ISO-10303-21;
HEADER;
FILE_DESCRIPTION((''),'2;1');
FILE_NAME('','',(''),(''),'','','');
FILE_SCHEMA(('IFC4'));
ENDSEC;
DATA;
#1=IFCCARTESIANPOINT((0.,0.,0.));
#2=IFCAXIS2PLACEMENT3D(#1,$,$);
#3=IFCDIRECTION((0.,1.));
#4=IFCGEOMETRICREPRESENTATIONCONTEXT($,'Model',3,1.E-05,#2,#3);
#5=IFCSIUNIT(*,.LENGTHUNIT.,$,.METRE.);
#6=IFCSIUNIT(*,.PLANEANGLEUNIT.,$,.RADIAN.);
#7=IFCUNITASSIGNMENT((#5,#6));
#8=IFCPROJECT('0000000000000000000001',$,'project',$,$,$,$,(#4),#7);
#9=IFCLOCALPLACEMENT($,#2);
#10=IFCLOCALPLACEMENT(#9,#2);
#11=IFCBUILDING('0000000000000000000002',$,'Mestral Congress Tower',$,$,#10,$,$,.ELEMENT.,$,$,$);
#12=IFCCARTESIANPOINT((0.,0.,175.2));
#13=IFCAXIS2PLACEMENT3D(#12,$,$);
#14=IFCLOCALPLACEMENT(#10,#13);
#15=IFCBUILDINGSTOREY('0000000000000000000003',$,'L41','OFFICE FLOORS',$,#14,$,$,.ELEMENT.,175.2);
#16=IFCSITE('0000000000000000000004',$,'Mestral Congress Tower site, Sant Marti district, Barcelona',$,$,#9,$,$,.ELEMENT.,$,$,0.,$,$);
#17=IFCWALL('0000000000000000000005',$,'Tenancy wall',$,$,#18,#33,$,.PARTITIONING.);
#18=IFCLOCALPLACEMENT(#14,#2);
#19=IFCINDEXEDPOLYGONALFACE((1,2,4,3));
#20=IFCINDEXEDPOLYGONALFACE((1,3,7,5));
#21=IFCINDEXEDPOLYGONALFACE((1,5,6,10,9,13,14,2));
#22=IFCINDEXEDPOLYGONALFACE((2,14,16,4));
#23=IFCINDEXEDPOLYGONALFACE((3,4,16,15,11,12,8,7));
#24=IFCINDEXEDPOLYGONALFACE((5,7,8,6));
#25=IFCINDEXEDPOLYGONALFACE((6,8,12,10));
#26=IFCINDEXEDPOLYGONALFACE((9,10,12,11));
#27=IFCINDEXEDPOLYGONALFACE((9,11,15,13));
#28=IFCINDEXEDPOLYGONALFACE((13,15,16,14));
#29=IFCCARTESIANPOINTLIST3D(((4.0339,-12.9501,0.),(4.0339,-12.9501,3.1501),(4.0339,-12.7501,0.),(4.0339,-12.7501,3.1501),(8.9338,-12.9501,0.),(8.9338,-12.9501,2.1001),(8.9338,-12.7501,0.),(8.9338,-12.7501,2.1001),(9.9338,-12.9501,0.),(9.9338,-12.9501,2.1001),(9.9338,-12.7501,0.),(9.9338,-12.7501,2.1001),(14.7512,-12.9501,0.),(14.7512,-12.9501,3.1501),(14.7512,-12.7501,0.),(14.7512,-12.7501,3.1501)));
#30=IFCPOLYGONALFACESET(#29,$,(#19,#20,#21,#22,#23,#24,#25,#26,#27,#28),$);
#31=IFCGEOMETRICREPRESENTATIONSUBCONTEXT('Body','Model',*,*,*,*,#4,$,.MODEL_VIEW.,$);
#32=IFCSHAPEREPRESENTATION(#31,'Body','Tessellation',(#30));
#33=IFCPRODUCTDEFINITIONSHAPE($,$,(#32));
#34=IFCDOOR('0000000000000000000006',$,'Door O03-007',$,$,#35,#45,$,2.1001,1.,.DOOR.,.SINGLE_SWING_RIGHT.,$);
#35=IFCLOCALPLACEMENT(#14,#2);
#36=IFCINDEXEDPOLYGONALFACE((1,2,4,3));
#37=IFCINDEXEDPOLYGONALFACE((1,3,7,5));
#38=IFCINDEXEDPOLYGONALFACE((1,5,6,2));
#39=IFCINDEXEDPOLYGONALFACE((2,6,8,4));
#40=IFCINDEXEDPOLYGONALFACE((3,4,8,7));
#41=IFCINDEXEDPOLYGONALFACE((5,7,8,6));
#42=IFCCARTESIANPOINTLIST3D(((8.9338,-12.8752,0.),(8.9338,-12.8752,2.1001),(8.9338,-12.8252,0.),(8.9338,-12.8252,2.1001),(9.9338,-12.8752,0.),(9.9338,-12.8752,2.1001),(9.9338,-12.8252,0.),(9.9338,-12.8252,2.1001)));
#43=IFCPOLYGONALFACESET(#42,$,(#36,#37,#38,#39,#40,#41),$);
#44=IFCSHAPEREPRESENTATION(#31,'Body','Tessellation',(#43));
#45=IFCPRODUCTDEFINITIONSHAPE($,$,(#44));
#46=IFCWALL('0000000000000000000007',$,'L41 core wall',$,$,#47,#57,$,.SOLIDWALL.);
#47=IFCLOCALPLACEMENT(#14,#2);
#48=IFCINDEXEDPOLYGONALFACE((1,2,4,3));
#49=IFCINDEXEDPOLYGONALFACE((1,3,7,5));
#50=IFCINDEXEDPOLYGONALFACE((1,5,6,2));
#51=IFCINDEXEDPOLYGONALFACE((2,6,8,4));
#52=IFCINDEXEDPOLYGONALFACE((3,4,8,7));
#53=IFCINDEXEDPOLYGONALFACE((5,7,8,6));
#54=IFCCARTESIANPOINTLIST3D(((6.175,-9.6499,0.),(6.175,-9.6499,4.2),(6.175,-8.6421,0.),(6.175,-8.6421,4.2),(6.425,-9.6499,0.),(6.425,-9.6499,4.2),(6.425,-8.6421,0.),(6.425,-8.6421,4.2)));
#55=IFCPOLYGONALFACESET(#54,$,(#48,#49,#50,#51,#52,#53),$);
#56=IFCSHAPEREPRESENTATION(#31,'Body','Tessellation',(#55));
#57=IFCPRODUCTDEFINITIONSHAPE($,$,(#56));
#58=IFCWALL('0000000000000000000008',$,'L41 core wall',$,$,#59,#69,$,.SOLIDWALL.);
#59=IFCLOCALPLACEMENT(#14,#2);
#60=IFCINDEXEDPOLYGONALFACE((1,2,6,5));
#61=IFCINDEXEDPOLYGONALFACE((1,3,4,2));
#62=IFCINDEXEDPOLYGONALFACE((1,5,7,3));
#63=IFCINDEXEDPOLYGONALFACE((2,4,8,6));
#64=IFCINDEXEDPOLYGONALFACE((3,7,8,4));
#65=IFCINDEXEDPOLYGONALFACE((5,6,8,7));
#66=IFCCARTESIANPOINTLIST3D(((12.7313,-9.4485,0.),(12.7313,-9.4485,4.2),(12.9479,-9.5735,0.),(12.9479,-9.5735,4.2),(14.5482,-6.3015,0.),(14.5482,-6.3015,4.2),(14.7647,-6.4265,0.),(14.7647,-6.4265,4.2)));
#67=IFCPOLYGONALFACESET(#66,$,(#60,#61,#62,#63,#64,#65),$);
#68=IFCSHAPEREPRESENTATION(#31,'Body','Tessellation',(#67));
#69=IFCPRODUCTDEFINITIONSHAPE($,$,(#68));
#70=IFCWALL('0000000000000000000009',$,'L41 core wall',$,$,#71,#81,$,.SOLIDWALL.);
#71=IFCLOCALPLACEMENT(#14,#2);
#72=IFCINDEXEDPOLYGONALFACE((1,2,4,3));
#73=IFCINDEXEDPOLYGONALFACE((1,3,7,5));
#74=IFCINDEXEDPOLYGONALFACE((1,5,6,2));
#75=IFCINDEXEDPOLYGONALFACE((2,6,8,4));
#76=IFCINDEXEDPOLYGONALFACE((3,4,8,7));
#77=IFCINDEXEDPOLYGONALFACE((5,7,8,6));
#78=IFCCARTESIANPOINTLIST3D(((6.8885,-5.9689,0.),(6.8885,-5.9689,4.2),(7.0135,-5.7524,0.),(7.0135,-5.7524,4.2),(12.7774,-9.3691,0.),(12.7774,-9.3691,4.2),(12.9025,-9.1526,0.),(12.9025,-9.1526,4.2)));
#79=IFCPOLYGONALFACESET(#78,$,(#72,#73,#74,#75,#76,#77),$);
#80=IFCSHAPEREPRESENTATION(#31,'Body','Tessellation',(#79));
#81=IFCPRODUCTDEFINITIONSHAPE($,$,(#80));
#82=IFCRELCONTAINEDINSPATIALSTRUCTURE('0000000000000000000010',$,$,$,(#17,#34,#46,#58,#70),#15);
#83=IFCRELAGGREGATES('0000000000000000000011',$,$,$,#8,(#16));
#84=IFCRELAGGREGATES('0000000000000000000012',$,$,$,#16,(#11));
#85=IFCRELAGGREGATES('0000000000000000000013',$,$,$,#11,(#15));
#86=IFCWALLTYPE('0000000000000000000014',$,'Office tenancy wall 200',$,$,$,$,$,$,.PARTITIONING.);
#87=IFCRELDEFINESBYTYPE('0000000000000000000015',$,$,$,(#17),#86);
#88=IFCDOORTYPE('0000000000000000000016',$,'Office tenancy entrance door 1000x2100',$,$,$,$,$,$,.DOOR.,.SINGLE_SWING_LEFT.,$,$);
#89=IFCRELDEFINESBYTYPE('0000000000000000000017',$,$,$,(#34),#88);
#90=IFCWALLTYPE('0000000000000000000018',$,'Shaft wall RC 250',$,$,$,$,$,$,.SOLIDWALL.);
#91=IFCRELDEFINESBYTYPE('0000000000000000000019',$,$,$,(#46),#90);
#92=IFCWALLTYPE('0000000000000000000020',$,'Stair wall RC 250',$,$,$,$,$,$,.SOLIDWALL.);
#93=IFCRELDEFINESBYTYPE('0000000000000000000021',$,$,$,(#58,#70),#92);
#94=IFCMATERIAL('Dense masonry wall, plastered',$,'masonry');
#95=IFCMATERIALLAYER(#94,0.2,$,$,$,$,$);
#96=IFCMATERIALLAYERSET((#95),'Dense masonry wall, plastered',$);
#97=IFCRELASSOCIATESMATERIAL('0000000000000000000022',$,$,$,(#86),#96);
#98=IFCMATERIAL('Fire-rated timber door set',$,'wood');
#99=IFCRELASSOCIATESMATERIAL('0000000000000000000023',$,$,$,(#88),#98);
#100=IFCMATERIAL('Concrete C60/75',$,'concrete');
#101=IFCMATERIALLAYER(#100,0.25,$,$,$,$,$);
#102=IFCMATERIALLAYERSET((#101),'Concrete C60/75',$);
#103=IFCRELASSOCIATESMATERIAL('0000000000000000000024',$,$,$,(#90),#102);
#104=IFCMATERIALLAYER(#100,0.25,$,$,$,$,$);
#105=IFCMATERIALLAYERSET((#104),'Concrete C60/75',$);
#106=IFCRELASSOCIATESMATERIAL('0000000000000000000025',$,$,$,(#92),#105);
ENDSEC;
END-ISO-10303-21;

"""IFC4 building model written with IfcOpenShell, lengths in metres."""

from ifc_helpers import new_model, si_unit, direction, frame, frame_2d, origin, place, context, subcontext, project, spatial, rectangle, extrude, material, layer, layer_set, type_object, element, fill, save


model = new_model("IFC4")

# Units and contexts
model_context = context("Model", 3, precision=1e-05, world=origin(), true_north=direction((0.0, 1.0)))
body_context = subcontext(model_context, "Body", "Model", "MODEL_VIEW")
ifc_project = project(units=[si_unit("LENGTHUNIT", "METRE"), si_unit("PLANEANGLEUNIT", "RADIAN")], contexts=[model_context])

# Site, building, storey
site_placement = place(None, origin())
site = spatial("IfcSite", under=ifc_project, at=site_placement, Name="Mestral Congress Tower site, Sant Marti district, Barcelona", CompositionType="ELEMENT", RefElevation=0.0)
building_placement = place(site_placement, origin())
building = spatial("IfcBuilding", under=site, at=building_placement, Name="Mestral Congress Tower", CompositionType="ELEMENT")
storey_placement = place(building_placement, frame((0.0, 0.0, 175.2)))
storey = spatial("IfcBuildingStorey", under=building, at=storey_placement, Name="L41", Description="OFFICE FLOORS", CompositionType="ELEMENT", Elevation=175.2)

# Shared definitions
ifc_material_1 = material(Name="Concrete C60/75", Category="concrete")

# Wall, opening, door
ifc_material_2 = material(Name="Dense masonry wall, plastered", Category="masonry")
ifc_layer_1 = layer(ifc_material_2, 0.2)
ifc_layer_set_1 = layer_set([ifc_layer_1], Name="Dense masonry wall, plastered")
wall_type_1 = type_object("IfcWallType", Name="Office tenancy wall 200", PredefinedType="PARTITIONING", material=ifc_layer_set_1)
wall_1_placement = place(storey_placement, frame((4.0339, -12.8501, 0.0), z_axis=(0.0, 0.0, 1.0), x_axis=(1.0, 0.0, 0.0)))
wall_1 = element("IfcWall", 1, at=wall_1_placement, inside=storey, type_object=wall_type_1, Name="Tenancy wall", PredefinedType="PARTITIONING", context=body_context, shape_type="SweptSolid", body=[
    extrude(rectangle(XDim=10.7173, YDim=0.2, at=frame_2d((5.3586, 0.0))), origin(), (0.0, 0.0, 1.0), 3.1501),
])
opening_1_placement = place(wall_1_placement, frame((4.8999, 0.0, 0.0)))
opening_1 = element("IfcOpeningElement", 2, at=opening_1_placement, cuts=wall_1, PredefinedType="OPENING", context=body_context, shape_type="SweptSolid", body=[
    extrude(rectangle(XDim=1.0, YDim=2.1001, at=frame_2d((0.5, 1.05))), frame((0.0, 0.1099, 0.0), z_axis=(0.0, -1.0, 0.0), x_axis=(1.0, 0.0, 0.0)), (0.0, 0.0, 1.0), 0.22),
])
ifc_material_3 = material(Name="Fire-rated timber door set", Category="wood")
door_type_1 = type_object("IfcDoorType", Name="Office tenancy entrance door 1000x2100", OperationType="SINGLE_SWING_LEFT", PredefinedType="DOOR", material=ifc_material_3)
door_1_placement = place(opening_1_placement, origin())
door_1 = element("IfcDoor", 3, at=door_1_placement, inside=storey, type_object=door_type_1, Name="Door O03-007", OperationType="SINGLE_SWING_RIGHT", OverallHeight=2.1001, OverallWidth=1.0, PredefinedType="DOOR", context=body_context, shape_type="SweptSolid", body=[
    extrude(rectangle(XDim=1.0, YDim=2.1001, at=frame_2d((0.5, 1.05))), frame((0.0, 0.0249, 0.0), z_axis=(0.0, -1.0, 0.0), x_axis=(1.0, 0.0, 0.0)), (0.0, 0.0, 1.0), 0.05),
])
fill(opening_1, door_1)

# Walls
ifc_layer_2 = layer(ifc_material_1, 0.25)
ifc_layer_set_2 = layer_set([ifc_layer_2], Name="Concrete C60/75")
wall_type_2 = type_object("IfcWallType", Name="Shaft wall RC 250", PredefinedType="SOLIDWALL", material=ifc_layer_set_2)
wall_2_placement = place(storey_placement, frame((6.3, -9.6499, 0.0), z_axis=(0.0, 0.0, 1.0), x_axis=(0.0, 1.0, 0.0)))
element("IfcWall", 4, at=wall_2_placement, inside=storey, type_object=wall_type_2, Name="L41 core wall", PredefinedType="SOLIDWALL", context=body_context, shape_type="SweptSolid", body=[
    extrude(rectangle(XDim=1.0078, YDim=0.25, at=frame_2d((0.5039, 0.0))), origin(), (0.0, 0.0, 1.0), 4.2),
])
ifc_layer_3 = layer(ifc_material_1, 0.25)
ifc_layer_set_3 = layer_set([ifc_layer_3], Name="Concrete C60/75")
wall_type_3 = type_object("IfcWallType", Name="Stair wall RC 250", PredefinedType="SOLIDWALL", material=ifc_layer_set_3)
wall_3_placement = place(storey_placement, frame((12.8396, -9.511, 0.0), z_axis=(0.0, 0.0, 1.0), x_axis=(0.499998, 0.866027, 0.0)))
element("IfcWall", 5, at=wall_3_placement, inside=storey, type_object=wall_type_3, Name="L41 core wall", PredefinedType="SOLIDWALL", context=body_context, shape_type="SweptSolid", body=[
    extrude(rectangle(XDim=3.6338, YDim=0.25, at=frame_2d((1.8169, 0.0))), origin(), (0.0, 0.0, 1.0), 4.2),
])
wall_4_placement = place(storey_placement, frame((12.8398, -9.2607, 0.0), z_axis=(0.0, 0.0, 1.0), x_axis=(-0.866014, 0.50002, 0.0)))
element("IfcWall", 6, at=wall_4_placement, inside=storey, type_object=wall_type_3, Name="L41 core wall", PredefinedType="SOLIDWALL", context=body_context, shape_type="SweptSolid", body=[
    extrude(rectangle(XDim=6.8, YDim=0.25, at=frame_2d((3.3999, 0.0))), origin(), (0.0, 0.0, 1.0), 4.2),
])

save(model, "model.ifc")
